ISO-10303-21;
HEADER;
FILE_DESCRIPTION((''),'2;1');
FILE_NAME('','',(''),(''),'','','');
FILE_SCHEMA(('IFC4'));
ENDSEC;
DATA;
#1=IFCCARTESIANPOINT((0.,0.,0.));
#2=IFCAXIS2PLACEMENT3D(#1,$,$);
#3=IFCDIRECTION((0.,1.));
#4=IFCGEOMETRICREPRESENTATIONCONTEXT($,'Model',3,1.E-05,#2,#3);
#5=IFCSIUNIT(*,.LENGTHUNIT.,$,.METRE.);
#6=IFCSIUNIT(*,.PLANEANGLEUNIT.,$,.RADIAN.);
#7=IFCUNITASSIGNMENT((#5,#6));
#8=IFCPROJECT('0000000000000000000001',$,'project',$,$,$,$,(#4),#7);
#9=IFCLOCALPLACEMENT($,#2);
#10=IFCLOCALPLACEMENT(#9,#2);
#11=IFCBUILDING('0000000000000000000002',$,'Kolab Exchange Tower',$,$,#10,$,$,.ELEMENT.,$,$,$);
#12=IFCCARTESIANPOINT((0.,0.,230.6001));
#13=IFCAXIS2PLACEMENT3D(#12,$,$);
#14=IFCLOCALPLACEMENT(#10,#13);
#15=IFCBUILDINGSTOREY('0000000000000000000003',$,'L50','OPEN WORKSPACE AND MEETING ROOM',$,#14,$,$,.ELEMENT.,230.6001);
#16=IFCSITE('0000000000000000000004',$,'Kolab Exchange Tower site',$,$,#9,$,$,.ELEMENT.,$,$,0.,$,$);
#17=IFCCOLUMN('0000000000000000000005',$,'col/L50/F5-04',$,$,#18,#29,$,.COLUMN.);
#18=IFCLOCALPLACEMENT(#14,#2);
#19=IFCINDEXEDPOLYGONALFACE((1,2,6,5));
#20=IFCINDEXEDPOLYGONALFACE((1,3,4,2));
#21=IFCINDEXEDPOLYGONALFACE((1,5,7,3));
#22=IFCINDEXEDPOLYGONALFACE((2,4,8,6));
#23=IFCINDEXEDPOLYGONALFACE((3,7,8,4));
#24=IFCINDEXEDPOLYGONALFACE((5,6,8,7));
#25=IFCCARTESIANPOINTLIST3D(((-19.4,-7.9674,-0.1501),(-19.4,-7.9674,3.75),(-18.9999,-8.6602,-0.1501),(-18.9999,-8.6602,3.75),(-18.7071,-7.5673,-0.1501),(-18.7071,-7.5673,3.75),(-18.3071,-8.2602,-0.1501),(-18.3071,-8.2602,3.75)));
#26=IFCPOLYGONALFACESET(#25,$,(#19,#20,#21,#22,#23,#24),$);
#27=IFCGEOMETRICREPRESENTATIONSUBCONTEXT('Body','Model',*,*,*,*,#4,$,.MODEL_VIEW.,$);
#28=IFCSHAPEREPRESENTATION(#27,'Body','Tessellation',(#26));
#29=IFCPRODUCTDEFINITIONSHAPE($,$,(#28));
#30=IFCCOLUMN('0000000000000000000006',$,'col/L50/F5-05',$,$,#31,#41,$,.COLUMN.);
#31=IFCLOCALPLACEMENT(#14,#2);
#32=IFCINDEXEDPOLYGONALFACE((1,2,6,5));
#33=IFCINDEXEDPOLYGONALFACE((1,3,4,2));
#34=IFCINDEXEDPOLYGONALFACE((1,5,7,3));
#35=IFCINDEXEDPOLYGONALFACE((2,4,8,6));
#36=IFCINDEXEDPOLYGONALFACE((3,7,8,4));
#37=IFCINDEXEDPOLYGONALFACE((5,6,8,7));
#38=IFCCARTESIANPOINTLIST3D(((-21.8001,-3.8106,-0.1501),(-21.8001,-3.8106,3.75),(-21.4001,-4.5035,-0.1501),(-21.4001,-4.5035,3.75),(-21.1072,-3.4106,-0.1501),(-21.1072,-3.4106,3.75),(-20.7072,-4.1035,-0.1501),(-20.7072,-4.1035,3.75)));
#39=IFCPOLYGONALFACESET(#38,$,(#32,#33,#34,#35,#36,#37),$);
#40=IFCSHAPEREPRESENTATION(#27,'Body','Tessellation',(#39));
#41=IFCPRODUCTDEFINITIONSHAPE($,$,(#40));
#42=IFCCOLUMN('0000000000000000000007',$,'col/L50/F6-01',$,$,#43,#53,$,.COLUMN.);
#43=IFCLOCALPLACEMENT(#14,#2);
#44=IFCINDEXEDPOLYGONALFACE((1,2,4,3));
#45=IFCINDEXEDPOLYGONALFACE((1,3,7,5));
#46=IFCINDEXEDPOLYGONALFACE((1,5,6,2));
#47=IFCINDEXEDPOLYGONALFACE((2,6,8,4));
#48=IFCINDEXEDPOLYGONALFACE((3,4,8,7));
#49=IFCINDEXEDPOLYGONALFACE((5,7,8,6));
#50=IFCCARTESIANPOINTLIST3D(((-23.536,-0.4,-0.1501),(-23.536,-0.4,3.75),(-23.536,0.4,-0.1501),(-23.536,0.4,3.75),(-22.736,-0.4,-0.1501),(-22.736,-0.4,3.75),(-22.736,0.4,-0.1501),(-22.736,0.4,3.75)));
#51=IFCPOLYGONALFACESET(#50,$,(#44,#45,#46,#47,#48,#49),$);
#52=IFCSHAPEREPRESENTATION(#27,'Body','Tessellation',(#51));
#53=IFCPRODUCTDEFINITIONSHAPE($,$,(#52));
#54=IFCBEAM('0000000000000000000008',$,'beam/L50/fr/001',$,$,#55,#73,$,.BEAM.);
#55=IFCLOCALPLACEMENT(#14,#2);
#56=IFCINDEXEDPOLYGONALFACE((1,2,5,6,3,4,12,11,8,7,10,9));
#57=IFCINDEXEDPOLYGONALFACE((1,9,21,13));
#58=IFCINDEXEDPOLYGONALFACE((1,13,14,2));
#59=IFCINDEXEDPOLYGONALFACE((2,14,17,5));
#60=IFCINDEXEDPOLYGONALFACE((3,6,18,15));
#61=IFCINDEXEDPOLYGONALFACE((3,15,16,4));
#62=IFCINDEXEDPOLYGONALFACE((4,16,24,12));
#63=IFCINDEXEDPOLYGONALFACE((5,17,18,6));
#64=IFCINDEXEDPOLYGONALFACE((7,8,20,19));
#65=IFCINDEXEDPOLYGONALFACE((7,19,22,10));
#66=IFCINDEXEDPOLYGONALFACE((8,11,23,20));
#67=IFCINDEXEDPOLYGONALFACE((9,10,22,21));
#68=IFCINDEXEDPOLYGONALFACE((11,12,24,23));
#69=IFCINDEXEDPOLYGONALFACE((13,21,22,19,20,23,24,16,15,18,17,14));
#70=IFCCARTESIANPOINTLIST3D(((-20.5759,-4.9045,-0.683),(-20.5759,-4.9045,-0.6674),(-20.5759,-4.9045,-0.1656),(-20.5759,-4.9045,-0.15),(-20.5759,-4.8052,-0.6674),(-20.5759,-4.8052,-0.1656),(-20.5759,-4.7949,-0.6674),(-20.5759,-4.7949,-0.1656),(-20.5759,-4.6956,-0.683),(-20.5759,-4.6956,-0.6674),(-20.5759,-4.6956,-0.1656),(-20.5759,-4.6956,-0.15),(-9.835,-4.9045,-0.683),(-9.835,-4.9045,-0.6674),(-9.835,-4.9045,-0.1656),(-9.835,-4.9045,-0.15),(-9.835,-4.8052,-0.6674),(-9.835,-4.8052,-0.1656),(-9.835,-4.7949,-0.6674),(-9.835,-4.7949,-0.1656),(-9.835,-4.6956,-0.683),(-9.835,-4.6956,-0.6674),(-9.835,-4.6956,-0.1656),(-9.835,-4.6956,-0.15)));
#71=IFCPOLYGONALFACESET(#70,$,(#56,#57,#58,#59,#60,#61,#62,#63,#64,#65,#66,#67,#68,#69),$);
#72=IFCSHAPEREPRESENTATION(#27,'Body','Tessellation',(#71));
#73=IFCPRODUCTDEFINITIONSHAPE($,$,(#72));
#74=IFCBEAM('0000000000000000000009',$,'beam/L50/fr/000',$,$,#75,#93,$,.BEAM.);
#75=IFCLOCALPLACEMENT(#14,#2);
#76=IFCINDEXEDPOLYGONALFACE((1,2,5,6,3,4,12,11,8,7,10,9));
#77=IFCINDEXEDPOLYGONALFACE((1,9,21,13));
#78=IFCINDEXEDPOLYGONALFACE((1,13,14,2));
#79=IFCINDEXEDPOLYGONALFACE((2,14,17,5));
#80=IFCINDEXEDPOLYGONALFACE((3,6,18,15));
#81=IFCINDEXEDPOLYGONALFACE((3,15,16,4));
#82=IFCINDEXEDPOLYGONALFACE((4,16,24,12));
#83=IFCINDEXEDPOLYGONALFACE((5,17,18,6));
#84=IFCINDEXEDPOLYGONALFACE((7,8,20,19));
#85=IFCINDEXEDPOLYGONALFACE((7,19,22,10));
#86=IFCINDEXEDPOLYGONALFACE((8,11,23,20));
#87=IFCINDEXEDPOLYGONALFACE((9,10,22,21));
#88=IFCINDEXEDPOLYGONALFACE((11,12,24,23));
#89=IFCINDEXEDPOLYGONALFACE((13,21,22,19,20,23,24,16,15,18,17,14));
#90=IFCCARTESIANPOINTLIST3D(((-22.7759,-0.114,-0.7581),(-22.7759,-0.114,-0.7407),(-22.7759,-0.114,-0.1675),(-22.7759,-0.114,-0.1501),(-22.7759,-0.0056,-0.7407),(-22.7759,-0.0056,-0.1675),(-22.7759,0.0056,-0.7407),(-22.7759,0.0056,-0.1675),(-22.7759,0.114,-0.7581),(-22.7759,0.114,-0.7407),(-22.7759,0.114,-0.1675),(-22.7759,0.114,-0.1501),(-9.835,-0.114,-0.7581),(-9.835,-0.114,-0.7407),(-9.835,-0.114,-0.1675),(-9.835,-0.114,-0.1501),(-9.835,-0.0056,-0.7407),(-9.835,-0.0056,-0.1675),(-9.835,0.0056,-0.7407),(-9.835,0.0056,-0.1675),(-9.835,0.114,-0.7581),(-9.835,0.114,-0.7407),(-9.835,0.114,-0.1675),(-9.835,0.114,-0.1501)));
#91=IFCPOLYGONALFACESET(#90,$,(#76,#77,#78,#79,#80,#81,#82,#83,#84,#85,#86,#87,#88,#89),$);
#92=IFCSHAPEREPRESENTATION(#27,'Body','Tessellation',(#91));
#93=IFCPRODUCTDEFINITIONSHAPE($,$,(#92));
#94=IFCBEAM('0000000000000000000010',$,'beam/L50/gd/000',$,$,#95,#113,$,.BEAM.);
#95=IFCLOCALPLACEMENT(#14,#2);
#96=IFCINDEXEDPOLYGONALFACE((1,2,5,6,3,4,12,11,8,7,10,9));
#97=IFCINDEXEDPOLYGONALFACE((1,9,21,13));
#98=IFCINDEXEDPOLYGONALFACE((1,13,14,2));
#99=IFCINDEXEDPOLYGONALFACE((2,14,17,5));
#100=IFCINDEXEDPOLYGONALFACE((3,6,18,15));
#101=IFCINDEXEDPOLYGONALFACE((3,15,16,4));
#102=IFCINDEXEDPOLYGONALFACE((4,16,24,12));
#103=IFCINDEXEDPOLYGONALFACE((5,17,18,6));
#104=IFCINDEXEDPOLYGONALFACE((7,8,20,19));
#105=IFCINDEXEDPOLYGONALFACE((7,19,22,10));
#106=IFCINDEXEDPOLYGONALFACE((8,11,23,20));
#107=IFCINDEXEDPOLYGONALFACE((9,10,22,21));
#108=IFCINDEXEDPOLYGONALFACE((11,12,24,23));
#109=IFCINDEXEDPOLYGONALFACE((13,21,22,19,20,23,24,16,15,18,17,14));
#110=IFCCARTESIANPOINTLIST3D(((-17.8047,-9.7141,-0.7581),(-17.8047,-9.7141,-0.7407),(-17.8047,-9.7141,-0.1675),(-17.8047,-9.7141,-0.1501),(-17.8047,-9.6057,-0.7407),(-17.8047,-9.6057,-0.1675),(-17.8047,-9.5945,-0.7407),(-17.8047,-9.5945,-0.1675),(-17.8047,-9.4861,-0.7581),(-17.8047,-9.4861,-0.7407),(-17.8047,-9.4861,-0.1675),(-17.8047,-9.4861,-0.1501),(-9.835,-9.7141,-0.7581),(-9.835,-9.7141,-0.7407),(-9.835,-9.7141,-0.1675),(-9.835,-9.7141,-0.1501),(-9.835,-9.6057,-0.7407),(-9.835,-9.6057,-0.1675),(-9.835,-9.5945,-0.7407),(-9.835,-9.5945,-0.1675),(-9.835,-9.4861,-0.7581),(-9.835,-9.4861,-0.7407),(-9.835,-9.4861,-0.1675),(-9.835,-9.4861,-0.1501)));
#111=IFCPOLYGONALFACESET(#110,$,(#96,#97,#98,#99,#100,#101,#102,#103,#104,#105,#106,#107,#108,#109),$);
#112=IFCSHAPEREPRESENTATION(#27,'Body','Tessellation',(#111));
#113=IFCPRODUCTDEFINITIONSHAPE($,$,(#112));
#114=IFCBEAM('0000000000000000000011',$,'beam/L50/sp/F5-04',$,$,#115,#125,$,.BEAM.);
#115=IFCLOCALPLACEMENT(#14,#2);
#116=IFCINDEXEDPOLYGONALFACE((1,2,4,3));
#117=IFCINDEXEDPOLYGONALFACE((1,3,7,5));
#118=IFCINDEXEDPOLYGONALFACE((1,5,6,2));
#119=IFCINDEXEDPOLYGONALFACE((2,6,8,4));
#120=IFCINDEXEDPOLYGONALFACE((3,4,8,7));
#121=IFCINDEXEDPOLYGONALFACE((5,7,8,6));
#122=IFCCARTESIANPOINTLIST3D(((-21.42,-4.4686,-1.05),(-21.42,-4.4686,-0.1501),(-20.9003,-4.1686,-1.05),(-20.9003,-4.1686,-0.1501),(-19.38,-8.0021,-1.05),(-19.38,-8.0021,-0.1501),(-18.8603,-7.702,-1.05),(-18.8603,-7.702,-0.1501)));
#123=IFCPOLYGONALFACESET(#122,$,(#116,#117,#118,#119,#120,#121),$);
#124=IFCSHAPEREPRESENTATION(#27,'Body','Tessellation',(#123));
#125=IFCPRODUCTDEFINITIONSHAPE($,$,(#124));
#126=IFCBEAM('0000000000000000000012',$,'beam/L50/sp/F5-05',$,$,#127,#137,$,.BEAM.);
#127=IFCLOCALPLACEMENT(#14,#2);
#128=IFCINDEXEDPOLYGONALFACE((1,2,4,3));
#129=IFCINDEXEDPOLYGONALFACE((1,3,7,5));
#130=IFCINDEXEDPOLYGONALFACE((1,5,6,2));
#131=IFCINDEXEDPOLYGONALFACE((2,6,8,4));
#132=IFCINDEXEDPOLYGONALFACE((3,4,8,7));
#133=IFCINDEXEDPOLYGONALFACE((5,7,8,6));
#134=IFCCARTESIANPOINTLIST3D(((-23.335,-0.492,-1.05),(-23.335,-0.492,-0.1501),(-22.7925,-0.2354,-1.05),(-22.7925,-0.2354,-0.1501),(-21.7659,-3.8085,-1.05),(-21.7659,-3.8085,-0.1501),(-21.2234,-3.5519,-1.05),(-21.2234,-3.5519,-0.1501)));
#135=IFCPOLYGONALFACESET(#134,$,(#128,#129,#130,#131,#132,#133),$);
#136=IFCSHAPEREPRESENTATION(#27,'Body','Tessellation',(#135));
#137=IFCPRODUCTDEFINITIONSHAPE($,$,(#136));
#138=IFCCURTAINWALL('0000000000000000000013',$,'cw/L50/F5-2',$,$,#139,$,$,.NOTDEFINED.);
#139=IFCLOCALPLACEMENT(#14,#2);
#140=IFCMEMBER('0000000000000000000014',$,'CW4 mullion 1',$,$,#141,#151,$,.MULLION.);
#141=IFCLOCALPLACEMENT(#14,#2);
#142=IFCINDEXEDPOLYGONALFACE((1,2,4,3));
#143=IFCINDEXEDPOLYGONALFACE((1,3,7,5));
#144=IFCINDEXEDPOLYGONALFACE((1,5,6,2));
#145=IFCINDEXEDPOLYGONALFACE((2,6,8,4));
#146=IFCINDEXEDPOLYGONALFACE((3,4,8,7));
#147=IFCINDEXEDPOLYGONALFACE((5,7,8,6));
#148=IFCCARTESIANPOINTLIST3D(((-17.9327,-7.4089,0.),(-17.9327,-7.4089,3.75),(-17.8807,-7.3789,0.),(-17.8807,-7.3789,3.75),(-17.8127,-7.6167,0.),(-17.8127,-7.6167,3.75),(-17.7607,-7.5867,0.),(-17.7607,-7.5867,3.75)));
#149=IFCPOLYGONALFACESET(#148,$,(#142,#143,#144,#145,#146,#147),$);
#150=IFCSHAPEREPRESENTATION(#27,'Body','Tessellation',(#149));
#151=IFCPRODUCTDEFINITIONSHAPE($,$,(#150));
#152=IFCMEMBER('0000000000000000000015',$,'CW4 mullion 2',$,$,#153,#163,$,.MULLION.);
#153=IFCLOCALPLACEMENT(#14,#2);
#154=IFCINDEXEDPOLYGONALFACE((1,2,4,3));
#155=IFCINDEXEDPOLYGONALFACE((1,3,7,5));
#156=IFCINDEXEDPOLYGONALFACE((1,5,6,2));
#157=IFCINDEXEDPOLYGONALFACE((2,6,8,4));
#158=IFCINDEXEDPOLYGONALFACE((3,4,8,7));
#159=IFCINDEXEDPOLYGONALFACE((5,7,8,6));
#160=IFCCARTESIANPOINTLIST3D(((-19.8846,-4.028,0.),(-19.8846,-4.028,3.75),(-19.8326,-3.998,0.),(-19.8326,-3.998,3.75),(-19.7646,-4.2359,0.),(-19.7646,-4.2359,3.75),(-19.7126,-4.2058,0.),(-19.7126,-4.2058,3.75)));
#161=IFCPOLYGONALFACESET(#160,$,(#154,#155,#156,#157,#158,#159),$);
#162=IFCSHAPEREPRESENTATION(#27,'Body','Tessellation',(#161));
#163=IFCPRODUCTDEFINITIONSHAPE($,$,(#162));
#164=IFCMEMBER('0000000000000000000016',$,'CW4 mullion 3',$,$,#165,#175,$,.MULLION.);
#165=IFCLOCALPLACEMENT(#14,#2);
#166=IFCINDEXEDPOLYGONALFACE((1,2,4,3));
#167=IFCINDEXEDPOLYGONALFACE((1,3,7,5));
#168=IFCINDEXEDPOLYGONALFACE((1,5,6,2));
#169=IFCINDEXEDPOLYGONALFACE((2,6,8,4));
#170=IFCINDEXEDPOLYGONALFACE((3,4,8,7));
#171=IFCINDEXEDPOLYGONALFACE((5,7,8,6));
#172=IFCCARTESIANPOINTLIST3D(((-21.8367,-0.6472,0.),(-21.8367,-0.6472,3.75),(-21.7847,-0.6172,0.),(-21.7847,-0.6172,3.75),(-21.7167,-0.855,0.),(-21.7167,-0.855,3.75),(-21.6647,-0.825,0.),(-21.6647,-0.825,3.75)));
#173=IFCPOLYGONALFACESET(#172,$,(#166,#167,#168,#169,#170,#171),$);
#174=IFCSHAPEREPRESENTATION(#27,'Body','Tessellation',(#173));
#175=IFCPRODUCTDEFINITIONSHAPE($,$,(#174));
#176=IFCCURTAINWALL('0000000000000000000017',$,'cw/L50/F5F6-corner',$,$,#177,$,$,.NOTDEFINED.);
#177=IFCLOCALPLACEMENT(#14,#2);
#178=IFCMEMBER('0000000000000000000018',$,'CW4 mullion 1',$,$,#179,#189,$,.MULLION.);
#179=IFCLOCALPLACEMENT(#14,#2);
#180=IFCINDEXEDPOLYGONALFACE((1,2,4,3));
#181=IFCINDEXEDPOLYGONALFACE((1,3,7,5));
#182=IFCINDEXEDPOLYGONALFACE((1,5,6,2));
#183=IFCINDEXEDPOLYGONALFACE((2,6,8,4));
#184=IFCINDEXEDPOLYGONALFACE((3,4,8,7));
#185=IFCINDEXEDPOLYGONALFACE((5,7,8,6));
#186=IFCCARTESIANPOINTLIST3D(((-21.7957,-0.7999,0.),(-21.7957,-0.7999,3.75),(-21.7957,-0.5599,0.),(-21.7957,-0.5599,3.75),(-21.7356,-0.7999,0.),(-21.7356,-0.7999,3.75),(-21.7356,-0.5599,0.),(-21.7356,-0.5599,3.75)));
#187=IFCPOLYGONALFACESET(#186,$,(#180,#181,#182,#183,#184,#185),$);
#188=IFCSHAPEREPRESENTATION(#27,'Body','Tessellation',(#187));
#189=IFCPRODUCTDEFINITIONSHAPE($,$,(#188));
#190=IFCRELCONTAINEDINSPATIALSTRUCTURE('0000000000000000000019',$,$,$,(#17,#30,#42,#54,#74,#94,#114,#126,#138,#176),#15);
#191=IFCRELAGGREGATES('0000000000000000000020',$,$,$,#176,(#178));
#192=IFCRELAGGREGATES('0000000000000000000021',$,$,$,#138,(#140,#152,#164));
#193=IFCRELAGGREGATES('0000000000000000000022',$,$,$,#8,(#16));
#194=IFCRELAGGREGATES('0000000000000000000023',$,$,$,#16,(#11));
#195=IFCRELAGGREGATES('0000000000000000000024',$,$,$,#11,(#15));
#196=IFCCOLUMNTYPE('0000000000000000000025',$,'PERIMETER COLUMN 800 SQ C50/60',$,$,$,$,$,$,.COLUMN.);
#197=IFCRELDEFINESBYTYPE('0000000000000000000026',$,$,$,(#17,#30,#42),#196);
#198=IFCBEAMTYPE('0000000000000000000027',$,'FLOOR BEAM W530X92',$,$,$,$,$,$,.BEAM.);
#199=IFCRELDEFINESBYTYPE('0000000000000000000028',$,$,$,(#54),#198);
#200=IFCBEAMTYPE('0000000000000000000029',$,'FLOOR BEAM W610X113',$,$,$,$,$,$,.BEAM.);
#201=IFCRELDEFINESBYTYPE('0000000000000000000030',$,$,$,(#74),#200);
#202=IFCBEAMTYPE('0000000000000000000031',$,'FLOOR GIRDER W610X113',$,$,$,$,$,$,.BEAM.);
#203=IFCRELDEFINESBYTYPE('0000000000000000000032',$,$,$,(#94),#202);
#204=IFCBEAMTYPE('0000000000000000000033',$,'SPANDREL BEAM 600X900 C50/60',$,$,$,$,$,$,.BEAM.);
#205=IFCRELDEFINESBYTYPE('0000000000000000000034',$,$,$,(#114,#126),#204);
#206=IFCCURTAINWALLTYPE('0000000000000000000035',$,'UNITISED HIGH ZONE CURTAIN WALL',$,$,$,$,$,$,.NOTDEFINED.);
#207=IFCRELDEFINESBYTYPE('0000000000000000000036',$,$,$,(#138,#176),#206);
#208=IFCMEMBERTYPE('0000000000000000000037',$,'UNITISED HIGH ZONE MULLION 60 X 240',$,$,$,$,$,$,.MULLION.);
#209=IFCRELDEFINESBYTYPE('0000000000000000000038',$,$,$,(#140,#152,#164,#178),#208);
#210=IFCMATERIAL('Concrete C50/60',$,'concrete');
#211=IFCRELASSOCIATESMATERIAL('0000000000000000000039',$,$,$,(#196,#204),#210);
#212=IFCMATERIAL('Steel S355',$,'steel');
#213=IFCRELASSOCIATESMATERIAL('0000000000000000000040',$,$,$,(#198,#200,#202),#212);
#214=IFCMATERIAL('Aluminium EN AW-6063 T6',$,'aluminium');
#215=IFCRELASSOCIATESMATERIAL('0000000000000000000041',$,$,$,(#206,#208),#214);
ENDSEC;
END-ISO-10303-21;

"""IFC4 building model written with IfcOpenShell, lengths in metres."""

from ifc_helpers import new_model, si_unit, direction, frame, origin, origin_2d, place, context, subcontext, project, spatial, rectangle, i_section, extrude, material, material_profile, profile_set, type_object, element, aggregate, save


model = new_model("IFC4")

# Units and contexts
model_context = context("Model", 3, precision=1e-05, world=origin(), true_north=direction((0.0, 1.0)))
body_context = subcontext(model_context, "Body", "Model", "MODEL_VIEW")
ifc_project = project(units=[si_unit("LENGTHUNIT", "METRE"), si_unit("PLANEANGLEUNIT", "RADIAN")], contexts=[model_context])

# Site, building, storey
site_placement = place(None, origin())
site = spatial("IfcSite", under=ifc_project, at=site_placement, Name="Kolab Exchange Tower site", CompositionType="ELEMENT", RefElevation=0.0)
building_placement = place(site_placement, origin())
building = spatial("IfcBuilding", under=site, at=building_placement, Name="Kolab Exchange Tower", CompositionType="ELEMENT")
storey_placement = place(building_placement, frame((0.0, 0.0, 230.6001)))
storey = spatial("IfcBuildingStorey", under=building, at=storey_placement, Name="L50", Description="OPEN WORKSPACE AND MEETING ROOM", CompositionType="ELEMENT", Elevation=230.6001)

# Columns
ifc_material_1 = material(Name="Concrete C50/60", Category="concrete")
ifc_material_profile_1 = material_profile(ifc_material_1, rectangle(XDim=0.8, YDim=0.8, at=origin_2d()), Name="RC800")
ifc_profile_set_1 = profile_set([ifc_material_profile_1], Name="Concrete C50/60")
column_type = type_object("IfcColumnType", Name="PERIMETER COLUMN 800 SQ C50/60", PredefinedType="COLUMN", material=ifc_profile_set_1)
for number, where, z_axis, x_axis, name in (
    (1, (-18.8535, -8.1138, -0.1501), (0.0, 0.0, 1.0), (0.866025, 0.5, 0.0), "col/L50/F5-04"),
    (2, (-21.2537, -3.957, -0.1501), (0.0, 0.0, 1.0), (0.866025, 0.5, 0.0), "col/L50/F5-05"),
    (3, (-23.136, 0.0, -0.1501), (0.0, 0.0, 1.0), (1.0, 0.0, 0.0), "col/L50/F6-01"),
):
    element("IfcColumn", number, at=place(storey_placement, frame(where, z_axis=z_axis, x_axis=x_axis)), inside=storey, type_object=column_type, Name=name, PredefinedType="COLUMN", context=body_context, shape_type="SweptSolid", body=[
        extrude(rectangle(XDim=0.8, YDim=0.8, at=origin_2d()), origin(), (0.0, 0.0, 1.0), 3.9001),
    ])

# Beams
ifc_material_2 = material(Name="Steel S355", Category="steel")
ifc_material_profile_2 = material_profile(ifc_material_2, i_section(OverallWidth=0.209, OverallDepth=0.533, WebThickness=0.0103, FlangeThickness=0.0156, at=origin_2d()), Name="W530X92")
ifc_profile_set_2 = profile_set([ifc_material_profile_2], Name="Steel S355")
beam_type_1 = type_object("IfcBeamType", Name="FLOOR BEAM W530X92", PredefinedType="BEAM", material=ifc_profile_set_2)
beam_1_placement = place(storey_placement, frame((-20.5759, -4.8, -0.4165), z_axis=(1.0, 0.0, 0.0), x_axis=(0.0, 1.0, 0.0)))
element("IfcBeam", 4, at=beam_1_placement, inside=storey, type_object=beam_type_1, Name="beam/L50/fr/001", PredefinedType="BEAM", context=body_context, shape_type="SweptSolid", body=[
    extrude(i_section(OverallWidth=0.209, OverallDepth=0.533, WebThickness=0.0103, FlangeThickness=0.0156, at=origin_2d()), origin(), (0.0, 0.0, 1.0), 10.741),
])
ifc_material_profile_3 = material_profile(ifc_material_2, i_section(OverallWidth=0.228, OverallDepth=0.6079, WebThickness=0.0112, FlangeThickness=0.0173, at=origin_2d()), Name="W610X113")
ifc_profile_set_3 = profile_set([ifc_material_profile_3], Name="Steel S355")
beam_type_2 = type_object("IfcBeamType", Name="FLOOR BEAM W610X113", PredefinedType="BEAM", material=ifc_profile_set_3)
beam_2_placement = place(storey_placement, frame((-22.7759, 0.0, -0.4541), z_axis=(1.0, 0.0, 0.0), x_axis=(0.0, 1.0, 0.0)))
element("IfcBeam", 5, at=beam_2_placement, inside=storey, type_object=beam_type_2, Name="beam/L50/fr/000", PredefinedType="BEAM", context=body_context, shape_type="SweptSolid", body=[
    extrude(i_section(OverallWidth=0.228, OverallDepth=0.6079, WebThickness=0.0112, FlangeThickness=0.0173, at=origin_2d()), origin(), (0.0, 0.0, 1.0), 12.9409),
])
ifc_material_profile_4 = material_profile(ifc_material_2, i_section(OverallWidth=0.228, OverallDepth=0.6079, WebThickness=0.0112, FlangeThickness=0.0173, at=origin_2d()), Name="W610X113")
ifc_profile_set_4 = profile_set([ifc_material_profile_4], Name="Steel S355")
beam_type_3 = type_object("IfcBeamType", Name="FLOOR GIRDER W610X113", PredefinedType="BEAM", material=ifc_profile_set_4)
beam_3_placement = place(storey_placement, frame((-17.8047, -9.6001, -0.4541), z_axis=(1.0, 0.0, 0.0), x_axis=(0.0, 1.0, 0.0)))
element("IfcBeam", 6, at=beam_3_placement, inside=storey, type_object=beam_type_3, Name="beam/L50/gd/000", PredefinedType="BEAM", context=body_context, shape_type="SweptSolid", body=[
    extrude(i_section(OverallWidth=0.228, OverallDepth=0.6079, WebThickness=0.0112, FlangeThickness=0.0173, at=origin_2d()), origin(), (0.0, 0.0, 1.0), 7.9697),
])
ifc_material_profile_5 = material_profile(ifc_material_1, rectangle(XDim=0.6001, YDim=0.8999, at=origin_2d()), Name="RC600X900")
ifc_profile_set_5 = profile_set([ifc_material_profile_5], Name="Concrete C50/60")
beam_type_4 = type_object("IfcBeamType", Name="SPANDREL BEAM 600X900 C50/60", PredefinedType="BEAM", material=ifc_profile_set_5)
beam_4_placement = place(storey_placement, frame((-19.1201, -7.8521, -0.6001), z_axis=(-0.5, 0.866025, 0.0), x_axis=(-0.866025, -0.5, 0.0)))
element("IfcBeam", 7, at=beam_4_placement, inside=storey, type_object=beam_type_4, Name="beam/L50/sp/F5-04", PredefinedType="BEAM", context=body_context, shape_type="SweptSolid", body=[
    extrude(rectangle(XDim=0.6001, YDim=0.8999, at=origin_2d()), origin(), (0.0, 0.0, 1.0), 4.0801),
])
beam_5_placement = place(storey_placement, frame((-21.4946, -3.6802, -0.6001), z_axis=(-0.427677, 0.903932, 0.0), x_axis=(-0.903932, -0.427677, 0.0)))
element("IfcBeam", 8, at=beam_5_placement, inside=storey, type_object=beam_type_4, Name="beam/L50/sp/F5-05", PredefinedType="BEAM", context=body_context, shape_type="SweptSolid", body=[
    extrude(rectangle(XDim=0.6001, YDim=0.8999, at=origin_2d()), origin(), (0.0, 0.0, 1.0), 3.6689),
])

# Curtain wall, members
ifc_material_3 = material(Name="Aluminium EN AW-6063 T6", Category="aluminium")
curtain_wall_type = type_object("IfcCurtainWallType", Name="UNITISED HIGH ZONE CURTAIN WALL", PredefinedType="NOTDEFINED", material=ifc_material_3)
curtain_wall_1_placement = place(storey_placement, origin())
curtain_wall_1 = element("IfcCurtainWall", 9, at=curtain_wall_1_placement, inside=storey, type_object=curtain_wall_type, Name="cw/L50/F5-2", PredefinedType="NOTDEFINED")
ifc_material_profile_6 = material_profile(ifc_material_3, rectangle(XDim=0.0601, YDim=0.24, at=origin_2d()), Name="RECT 60X240")
ifc_profile_set_6 = profile_set([ifc_material_profile_6], Name="Aluminium EN AW-6063 T6")
member_type_1 = type_object("IfcMemberType", Name="UNITISED HIGH ZONE MULLION 60 X 240", PredefinedType="MULLION", material=ifc_profile_set_6)
member_1_placement = place(storey_placement, frame((-17.8467, -7.4978, 0.0), z_axis=(0.0, 0.0, 1.0), x_axis=(-0.866025, -0.5, 0.0)))
member_1 = element("IfcMember", 10, at=member_1_placement, type_object=member_type_1, Name="CW4 mullion 1", PredefinedType="MULLION", context=body_context, shape_type="SweptSolid", body=[
    extrude(rectangle(XDim=0.0601, YDim=0.24, at=origin_2d()), origin(), (0.0, 0.0, 1.0), 3.75),
])
member_2_placement = place(storey_placement, frame((-19.7986, -4.1169, 0.0), z_axis=(0.0, 0.0, 1.0), x_axis=(-0.866025, -0.5, 0.0)))
member_2 = element("IfcMember", 11, at=member_2_placement, type_object=member_type_1, Name="CW4 mullion 2", PredefinedType="MULLION", context=body_context, shape_type="SweptSolid", body=[
    extrude(rectangle(XDim=0.0601, YDim=0.24, at=origin_2d()), origin(), (0.0, 0.0, 1.0), 3.75),
])
member_3_placement = place(storey_placement, frame((-21.7507, -0.7361, 0.0), z_axis=(0.0, 0.0, 1.0), x_axis=(-0.866025, -0.5, 0.0)))
member_3 = element("IfcMember", 12, at=member_3_placement, type_object=member_type_1, Name="CW4 mullion 3", PredefinedType="MULLION", context=body_context, shape_type="SweptSolid", body=[
    extrude(rectangle(XDim=0.0601, YDim=0.24, at=origin_2d()), origin(), (0.0, 0.0, 1.0), 3.75),
])

# Curtain wall, member
curtain_wall_2_placement = place(storey_placement, origin())
curtain_wall_2 = element("IfcCurtainWall", 13, at=curtain_wall_2_placement, inside=storey, type_object=curtain_wall_type, Name="cw/L50/F5F6-corner", PredefinedType="NOTDEFINED")
member_4_placement = place(storey_placement, frame((-21.7656, -0.6799, 0.0), z_axis=(0.0, 0.0, 1.0), x_axis=(-1.0, 0.0, 0.0)))
member_4 = element("IfcMember", 14, at=member_4_placement, type_object=member_type_1, Name="CW4 mullion 1", PredefinedType="MULLION", context=body_context, shape_type="SweptSolid", body=[
    extrude(rectangle(XDim=0.0601, YDim=0.24, at=origin_2d()), origin(), (0.0, 0.0, 1.0), 3.75),
])

aggregate(curtain_wall_2, [member_4])

aggregate(curtain_wall_1, [member_1, member_2, member_3])

save(model, "model.ifc")
